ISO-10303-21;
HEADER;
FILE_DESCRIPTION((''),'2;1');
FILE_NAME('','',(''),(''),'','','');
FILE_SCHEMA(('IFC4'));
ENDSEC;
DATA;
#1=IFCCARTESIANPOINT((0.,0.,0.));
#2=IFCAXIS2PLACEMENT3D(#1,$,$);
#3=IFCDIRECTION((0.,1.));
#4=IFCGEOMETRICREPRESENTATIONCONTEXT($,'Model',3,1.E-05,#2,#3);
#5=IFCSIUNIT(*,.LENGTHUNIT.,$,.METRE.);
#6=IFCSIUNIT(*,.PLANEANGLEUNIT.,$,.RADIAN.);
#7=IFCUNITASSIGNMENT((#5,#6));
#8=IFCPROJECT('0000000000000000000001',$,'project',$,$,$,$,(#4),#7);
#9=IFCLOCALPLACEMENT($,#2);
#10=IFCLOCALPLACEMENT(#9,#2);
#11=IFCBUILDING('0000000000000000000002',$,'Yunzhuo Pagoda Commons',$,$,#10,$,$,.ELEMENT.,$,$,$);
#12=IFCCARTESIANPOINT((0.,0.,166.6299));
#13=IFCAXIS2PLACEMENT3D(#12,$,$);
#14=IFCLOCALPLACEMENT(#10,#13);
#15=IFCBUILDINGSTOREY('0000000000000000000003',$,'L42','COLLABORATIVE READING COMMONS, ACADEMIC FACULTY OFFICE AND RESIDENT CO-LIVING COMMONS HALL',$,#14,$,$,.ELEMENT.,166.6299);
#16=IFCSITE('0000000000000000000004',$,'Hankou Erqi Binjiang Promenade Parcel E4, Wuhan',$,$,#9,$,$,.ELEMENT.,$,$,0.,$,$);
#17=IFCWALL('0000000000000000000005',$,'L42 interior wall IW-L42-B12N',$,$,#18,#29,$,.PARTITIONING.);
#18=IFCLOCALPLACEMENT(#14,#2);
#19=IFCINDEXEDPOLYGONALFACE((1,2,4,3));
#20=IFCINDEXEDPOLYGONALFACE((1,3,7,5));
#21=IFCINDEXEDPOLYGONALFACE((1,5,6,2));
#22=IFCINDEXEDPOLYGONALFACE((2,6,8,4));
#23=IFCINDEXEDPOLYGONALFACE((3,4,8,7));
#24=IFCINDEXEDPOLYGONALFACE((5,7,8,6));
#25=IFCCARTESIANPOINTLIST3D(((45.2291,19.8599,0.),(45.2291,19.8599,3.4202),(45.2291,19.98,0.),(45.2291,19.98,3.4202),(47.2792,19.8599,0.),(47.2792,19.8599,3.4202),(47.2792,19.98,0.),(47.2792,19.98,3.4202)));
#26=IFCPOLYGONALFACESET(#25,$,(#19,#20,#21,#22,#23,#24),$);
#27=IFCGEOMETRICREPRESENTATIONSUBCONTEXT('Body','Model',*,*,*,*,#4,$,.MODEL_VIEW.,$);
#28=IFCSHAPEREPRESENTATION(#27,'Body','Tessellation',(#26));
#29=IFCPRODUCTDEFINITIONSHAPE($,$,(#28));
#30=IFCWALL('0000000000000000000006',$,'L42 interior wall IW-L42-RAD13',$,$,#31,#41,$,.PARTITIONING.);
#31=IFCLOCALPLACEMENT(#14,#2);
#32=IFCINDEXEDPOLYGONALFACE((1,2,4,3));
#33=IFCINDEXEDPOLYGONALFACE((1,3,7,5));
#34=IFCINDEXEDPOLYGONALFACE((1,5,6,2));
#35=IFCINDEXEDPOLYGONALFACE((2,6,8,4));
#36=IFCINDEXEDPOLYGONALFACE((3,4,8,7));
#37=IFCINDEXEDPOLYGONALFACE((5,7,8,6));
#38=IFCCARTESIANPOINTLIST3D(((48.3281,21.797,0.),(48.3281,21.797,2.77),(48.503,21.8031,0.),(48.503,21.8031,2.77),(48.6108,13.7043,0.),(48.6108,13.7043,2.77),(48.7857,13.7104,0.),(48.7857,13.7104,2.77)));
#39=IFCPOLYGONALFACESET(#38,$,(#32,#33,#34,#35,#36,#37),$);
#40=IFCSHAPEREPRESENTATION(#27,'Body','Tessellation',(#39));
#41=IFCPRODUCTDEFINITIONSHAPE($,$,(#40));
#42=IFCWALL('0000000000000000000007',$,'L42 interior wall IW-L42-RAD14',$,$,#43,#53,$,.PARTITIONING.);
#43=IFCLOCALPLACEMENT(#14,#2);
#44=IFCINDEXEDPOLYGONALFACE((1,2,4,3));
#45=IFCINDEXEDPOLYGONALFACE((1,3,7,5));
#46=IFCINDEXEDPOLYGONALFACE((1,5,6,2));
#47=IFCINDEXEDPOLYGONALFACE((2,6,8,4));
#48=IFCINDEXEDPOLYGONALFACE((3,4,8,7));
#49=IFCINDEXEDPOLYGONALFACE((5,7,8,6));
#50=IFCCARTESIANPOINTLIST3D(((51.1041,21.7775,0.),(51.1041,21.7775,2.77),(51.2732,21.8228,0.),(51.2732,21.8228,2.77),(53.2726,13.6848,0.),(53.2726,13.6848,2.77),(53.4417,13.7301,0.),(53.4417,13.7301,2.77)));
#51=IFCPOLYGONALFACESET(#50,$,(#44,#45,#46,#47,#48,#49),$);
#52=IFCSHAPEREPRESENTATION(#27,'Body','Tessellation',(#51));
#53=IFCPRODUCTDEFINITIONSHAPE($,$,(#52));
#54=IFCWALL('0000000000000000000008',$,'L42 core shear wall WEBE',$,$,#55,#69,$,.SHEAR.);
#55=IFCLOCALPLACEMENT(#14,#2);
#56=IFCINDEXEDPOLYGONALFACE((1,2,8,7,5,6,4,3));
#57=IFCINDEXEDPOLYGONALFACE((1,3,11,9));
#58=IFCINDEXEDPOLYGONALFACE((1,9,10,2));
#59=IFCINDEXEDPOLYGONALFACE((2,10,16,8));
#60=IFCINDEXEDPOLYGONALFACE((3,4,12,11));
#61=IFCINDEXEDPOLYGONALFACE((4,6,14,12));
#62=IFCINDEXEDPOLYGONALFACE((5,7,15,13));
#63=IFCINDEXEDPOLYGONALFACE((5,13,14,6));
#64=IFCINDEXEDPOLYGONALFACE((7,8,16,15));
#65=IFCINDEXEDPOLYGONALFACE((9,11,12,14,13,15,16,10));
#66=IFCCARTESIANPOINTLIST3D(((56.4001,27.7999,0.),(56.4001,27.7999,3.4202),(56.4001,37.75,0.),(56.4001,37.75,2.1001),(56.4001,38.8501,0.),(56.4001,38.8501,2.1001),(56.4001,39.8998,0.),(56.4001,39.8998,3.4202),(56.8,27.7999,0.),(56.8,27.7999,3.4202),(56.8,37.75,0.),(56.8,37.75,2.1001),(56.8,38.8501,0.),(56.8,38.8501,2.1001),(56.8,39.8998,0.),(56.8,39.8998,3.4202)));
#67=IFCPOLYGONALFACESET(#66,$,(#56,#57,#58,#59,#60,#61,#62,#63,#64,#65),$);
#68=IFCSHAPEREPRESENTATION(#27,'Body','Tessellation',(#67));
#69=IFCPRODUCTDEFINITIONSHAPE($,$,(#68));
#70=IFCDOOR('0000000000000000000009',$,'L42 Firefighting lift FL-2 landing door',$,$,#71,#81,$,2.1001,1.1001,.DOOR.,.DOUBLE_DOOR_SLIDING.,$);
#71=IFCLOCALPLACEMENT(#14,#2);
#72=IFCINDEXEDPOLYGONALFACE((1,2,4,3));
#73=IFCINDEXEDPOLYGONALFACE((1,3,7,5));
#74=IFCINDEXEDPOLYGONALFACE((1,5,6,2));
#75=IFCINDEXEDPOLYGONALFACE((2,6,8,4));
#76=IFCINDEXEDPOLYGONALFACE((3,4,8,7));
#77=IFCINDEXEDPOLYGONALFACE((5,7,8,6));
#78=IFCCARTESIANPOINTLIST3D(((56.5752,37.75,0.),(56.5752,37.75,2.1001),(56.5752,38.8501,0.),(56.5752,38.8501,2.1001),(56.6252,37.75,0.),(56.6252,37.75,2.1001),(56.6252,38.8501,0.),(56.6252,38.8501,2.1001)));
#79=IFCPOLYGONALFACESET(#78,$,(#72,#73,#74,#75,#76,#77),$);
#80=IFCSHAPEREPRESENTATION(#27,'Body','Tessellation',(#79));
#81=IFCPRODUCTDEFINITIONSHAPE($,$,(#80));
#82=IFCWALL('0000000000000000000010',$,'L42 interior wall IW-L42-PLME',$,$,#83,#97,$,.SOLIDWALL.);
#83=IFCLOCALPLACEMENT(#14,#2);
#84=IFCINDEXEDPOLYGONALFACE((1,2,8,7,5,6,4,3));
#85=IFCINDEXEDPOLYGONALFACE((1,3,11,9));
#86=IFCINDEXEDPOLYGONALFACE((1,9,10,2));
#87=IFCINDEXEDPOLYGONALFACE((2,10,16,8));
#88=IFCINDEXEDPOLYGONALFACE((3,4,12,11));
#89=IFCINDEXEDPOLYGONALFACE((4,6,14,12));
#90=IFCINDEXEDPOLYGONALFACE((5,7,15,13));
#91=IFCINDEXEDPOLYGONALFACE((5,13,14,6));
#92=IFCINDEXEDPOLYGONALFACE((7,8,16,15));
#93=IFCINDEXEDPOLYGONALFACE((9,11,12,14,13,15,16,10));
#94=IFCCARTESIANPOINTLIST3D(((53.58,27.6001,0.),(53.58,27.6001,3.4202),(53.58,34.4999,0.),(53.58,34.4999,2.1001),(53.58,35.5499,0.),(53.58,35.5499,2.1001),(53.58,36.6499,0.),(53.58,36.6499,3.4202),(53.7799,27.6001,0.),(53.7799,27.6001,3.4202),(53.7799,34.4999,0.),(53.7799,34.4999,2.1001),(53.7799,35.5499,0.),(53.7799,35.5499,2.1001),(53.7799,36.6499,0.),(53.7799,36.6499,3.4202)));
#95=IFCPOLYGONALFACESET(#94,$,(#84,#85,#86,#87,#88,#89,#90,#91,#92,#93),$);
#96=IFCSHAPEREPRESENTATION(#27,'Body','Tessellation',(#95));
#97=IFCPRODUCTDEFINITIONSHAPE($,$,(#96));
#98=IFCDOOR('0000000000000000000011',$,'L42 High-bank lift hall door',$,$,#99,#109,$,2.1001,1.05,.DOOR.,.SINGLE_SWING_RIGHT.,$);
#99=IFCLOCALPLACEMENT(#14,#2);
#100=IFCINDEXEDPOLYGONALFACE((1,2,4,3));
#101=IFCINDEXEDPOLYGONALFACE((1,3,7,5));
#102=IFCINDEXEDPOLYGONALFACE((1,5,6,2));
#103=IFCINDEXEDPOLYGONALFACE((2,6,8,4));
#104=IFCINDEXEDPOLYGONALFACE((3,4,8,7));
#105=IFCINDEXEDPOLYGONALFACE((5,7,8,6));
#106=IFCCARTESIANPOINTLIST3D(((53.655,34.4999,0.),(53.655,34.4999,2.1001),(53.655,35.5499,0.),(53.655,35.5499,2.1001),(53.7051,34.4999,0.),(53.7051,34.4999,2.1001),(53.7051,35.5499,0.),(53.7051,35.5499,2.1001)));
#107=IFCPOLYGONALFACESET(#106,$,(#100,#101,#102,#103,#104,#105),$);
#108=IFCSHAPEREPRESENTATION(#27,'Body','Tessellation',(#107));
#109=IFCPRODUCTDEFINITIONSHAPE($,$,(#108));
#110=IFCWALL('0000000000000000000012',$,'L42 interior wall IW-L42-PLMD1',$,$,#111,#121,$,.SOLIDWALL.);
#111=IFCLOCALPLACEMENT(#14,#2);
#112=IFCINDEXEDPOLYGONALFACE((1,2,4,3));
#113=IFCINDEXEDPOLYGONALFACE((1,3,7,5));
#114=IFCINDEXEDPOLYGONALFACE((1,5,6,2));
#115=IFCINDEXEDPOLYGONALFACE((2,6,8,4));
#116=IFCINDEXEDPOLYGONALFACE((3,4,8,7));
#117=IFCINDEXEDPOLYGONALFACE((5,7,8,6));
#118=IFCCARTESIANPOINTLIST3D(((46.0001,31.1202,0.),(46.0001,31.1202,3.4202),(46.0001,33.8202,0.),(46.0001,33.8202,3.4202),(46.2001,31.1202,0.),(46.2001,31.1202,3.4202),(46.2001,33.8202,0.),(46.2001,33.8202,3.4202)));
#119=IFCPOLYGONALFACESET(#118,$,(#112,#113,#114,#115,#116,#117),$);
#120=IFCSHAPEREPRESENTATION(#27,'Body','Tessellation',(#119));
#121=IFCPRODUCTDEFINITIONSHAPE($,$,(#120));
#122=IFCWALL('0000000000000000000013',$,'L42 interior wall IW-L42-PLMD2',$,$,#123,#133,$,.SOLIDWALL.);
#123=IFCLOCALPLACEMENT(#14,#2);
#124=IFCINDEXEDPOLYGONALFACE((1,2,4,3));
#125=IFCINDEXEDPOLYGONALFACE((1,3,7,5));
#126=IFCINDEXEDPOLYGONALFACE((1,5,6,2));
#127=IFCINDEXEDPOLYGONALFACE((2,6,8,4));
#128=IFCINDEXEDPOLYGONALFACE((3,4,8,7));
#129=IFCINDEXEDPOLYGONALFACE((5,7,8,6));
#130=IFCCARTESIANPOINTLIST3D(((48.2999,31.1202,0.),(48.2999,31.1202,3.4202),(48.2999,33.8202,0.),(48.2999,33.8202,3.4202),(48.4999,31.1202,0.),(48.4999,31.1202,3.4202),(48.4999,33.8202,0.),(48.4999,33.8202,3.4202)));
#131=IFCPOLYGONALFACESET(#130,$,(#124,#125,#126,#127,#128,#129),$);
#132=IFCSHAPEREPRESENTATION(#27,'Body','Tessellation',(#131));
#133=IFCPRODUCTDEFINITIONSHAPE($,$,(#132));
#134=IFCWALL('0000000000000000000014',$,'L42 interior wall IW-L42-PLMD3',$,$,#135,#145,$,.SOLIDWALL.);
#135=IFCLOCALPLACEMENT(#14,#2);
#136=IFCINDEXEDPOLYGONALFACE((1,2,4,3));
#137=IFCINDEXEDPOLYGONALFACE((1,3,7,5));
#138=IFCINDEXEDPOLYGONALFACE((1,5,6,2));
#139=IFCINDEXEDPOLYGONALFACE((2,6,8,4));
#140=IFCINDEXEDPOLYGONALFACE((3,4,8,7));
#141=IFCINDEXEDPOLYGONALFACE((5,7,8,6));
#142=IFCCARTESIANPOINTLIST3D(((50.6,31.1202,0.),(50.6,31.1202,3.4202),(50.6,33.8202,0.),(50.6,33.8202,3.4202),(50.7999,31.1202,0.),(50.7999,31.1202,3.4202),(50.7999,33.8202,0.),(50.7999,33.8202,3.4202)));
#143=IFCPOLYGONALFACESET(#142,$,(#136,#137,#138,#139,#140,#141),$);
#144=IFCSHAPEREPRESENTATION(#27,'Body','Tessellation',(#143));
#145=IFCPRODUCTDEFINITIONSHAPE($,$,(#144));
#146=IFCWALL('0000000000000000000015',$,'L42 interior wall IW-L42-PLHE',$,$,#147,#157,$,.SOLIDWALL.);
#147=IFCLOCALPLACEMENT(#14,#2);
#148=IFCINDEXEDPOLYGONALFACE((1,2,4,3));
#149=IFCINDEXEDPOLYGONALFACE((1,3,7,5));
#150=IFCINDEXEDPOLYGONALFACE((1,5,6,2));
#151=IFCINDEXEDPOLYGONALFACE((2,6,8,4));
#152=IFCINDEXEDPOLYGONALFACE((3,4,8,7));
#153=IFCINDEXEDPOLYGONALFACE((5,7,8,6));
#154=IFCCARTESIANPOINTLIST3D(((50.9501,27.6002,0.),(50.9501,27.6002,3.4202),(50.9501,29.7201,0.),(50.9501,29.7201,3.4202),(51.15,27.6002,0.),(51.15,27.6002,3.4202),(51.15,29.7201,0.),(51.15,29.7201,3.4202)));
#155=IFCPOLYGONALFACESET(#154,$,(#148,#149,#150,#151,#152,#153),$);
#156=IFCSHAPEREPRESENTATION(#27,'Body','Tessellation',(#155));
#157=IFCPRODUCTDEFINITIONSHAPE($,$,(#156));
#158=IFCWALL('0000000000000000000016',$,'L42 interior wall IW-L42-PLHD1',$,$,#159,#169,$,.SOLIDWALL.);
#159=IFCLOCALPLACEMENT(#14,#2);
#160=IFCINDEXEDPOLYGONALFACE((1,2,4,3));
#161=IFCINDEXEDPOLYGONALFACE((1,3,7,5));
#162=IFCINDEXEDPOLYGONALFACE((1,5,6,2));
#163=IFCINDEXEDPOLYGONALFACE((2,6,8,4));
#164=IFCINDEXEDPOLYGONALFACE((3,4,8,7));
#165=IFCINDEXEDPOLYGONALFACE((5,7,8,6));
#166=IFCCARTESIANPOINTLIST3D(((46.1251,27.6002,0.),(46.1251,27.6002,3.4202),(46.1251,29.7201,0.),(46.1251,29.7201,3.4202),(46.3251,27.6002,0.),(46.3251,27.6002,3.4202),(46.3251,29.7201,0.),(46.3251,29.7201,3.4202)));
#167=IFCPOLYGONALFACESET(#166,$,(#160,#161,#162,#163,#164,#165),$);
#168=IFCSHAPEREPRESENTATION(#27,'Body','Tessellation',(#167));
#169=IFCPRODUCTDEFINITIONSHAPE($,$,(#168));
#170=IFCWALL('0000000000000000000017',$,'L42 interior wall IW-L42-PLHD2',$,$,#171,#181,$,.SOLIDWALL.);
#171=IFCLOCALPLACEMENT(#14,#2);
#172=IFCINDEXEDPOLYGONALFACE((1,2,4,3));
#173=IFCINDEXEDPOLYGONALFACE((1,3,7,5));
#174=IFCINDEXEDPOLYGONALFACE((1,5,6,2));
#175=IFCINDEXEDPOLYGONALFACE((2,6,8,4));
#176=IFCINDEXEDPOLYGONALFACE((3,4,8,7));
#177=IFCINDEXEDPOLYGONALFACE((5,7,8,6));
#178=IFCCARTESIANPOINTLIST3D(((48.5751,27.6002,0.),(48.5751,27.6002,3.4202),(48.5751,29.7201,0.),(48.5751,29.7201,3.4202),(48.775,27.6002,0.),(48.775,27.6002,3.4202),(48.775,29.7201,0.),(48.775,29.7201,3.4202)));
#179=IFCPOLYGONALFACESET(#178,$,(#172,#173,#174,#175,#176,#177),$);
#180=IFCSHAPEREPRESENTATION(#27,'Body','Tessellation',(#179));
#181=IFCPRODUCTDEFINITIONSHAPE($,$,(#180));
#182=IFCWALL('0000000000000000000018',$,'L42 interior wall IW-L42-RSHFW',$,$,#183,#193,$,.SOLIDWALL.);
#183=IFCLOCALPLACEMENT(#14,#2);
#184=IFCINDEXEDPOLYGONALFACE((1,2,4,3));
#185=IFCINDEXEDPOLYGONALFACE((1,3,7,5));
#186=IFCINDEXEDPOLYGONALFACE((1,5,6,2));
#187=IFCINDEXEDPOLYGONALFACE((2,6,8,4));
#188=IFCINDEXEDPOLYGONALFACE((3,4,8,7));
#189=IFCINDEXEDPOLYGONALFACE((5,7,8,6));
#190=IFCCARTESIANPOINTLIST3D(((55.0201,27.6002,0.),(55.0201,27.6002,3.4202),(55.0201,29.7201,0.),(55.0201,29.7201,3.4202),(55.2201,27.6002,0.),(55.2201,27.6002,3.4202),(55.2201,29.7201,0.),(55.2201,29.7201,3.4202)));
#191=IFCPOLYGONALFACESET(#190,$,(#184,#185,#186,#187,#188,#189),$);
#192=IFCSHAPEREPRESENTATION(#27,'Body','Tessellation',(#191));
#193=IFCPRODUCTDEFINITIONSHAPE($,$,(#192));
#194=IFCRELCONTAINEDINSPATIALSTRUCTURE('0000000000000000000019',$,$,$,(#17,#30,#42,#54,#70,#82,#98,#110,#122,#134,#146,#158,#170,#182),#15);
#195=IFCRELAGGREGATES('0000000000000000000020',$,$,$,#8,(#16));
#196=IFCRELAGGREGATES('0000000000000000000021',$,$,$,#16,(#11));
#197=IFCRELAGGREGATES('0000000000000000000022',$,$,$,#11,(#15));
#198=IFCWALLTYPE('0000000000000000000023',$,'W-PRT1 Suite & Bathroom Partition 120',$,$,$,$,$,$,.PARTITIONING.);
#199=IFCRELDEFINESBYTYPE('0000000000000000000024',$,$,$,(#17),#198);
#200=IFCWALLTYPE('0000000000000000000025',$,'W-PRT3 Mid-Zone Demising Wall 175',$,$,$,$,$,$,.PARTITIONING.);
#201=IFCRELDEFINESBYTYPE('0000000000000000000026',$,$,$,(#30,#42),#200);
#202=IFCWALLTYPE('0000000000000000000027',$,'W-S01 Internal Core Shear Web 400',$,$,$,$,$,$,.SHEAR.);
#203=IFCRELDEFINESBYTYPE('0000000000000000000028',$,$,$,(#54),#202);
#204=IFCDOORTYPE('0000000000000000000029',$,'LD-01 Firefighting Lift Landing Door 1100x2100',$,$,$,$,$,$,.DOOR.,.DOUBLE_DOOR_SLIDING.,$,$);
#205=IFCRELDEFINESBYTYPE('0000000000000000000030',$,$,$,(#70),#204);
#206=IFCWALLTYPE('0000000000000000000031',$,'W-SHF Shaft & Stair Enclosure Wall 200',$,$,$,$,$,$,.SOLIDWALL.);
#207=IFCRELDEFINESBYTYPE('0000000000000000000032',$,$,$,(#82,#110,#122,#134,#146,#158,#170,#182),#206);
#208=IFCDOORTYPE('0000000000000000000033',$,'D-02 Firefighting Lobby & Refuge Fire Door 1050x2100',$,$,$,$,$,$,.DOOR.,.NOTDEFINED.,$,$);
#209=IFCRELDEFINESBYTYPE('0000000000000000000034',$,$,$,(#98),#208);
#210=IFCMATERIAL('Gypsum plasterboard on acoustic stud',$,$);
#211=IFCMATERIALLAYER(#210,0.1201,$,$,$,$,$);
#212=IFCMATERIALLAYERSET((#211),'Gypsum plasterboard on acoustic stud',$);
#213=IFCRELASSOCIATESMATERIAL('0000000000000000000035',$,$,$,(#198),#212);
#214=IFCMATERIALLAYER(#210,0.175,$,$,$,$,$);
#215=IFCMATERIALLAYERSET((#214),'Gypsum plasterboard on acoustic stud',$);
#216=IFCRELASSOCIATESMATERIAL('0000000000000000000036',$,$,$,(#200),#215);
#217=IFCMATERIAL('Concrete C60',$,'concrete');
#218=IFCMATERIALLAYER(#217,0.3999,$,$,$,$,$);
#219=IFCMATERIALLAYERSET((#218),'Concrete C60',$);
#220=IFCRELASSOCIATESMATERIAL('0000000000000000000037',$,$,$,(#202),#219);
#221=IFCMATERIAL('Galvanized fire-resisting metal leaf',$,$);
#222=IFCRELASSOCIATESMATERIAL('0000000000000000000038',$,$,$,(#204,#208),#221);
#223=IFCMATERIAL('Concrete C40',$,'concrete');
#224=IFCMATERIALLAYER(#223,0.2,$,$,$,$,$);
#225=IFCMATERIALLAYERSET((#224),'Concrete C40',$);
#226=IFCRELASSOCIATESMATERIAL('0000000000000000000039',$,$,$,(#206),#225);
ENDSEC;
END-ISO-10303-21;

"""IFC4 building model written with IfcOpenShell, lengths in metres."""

from ifc_helpers import new_model, si_unit, direction, frame, frame_2d, origin, origin_with_axes, place, context, subcontext, project, spatial, rectangle, extrude, source, transform, mapped, material, layer, layer_set, type_object, element, fill, save


model = new_model("IFC4")

# Units and contexts
model_context = context("Model", 3, precision=1e-05, world=origin(), true_north=direction((0.0, 1.0)))
body_context = subcontext(model_context, "Body", "Model", "MODEL_VIEW")
ifc_project = project(units=[si_unit("LENGTHUNIT", "METRE"), si_unit("PLANEANGLEUNIT", "RADIAN")], contexts=[model_context])

# Site, building, storey
site_placement = place(None, origin())
site = spatial("IfcSite", under=ifc_project, at=site_placement, Name="Hankou Erqi Binjiang Promenade Parcel E4, Wuhan", CompositionType="ELEMENT", RefElevation=0.0)
building_placement = place(site_placement, origin())
building = spatial("IfcBuilding", under=site, at=building_placement, Name="Yunzhuo Pagoda Commons", CompositionType="ELEMENT")
storey_placement = place(building_placement, frame((0.0, 0.0, 166.6299)))
storey = spatial("IfcBuildingStorey", under=building, at=storey_placement, Name="L42", Description="COLLABORATIVE READING COMMONS, ACADEMIC FACULTY OFFICE AND RESIDENT CO-LIVING COMMONS HALL", CompositionType="ELEMENT", Elevation=166.6299)

# Shared definitions
ifc_material_1 = material(Name="Gypsum plasterboard on acoustic stud")
ifc_material_2 = material(Name="Galvanized fire-resisting metal leaf")

# Walls
ifc_layer_1 = layer(ifc_material_1, 0.1201)
ifc_layer_set_1 = layer_set([ifc_layer_1], Name="Gypsum plasterboard on acoustic stud")
wall_type_1 = type_object("IfcWallType", Name="W-PRT1 Suite & Bathroom Partition 120", PredefinedType="PARTITIONING", material=ifc_layer_set_1)
wall_1_placement = place(storey_placement, frame((47.2791, 19.9199, 0.0), z_axis=(0.0, 0.0, 1.0), x_axis=(-1.0, 0.0, 0.0)))
element("IfcWall", 1, at=wall_1_placement, inside=storey, type_object=wall_type_1, Name="L42 interior wall IW-L42-B12N", PredefinedType="PARTITIONING", context=body_context, shape_type="SweptSolid", body=[
    extrude(rectangle(XDim=2.05, YDim=0.1201, at=frame_2d((1.0249, 0.0))), origin(), (0.0, 0.0, 1.0), 3.4202),
])
ifc_layer_2 = layer(ifc_material_1, 0.175)
ifc_layer_set_2 = layer_set([ifc_layer_2], Name="Gypsum plasterboard on acoustic stud")
wall_type_2 = type_object("IfcWallType", Name="W-PRT3 Mid-Zone Demising Wall 175", PredefinedType="PARTITIONING", material=ifc_layer_set_2)
wall_2_placement = place(storey_placement, frame((48.4155, 21.8, 0.0), z_axis=(0.0, 0.0, 1.0), x_axis=(0.034913, -0.99939, 0.0)))
element("IfcWall", 2, at=wall_2_placement, inside=storey, type_object=wall_type_2, Name="L42 interior wall IW-L42-RAD13", PredefinedType="PARTITIONING", context=body_context, shape_type="SweptSolid", body=[
    extrude(rectangle(XDim=8.0977, YDim=0.175, at=frame_2d((4.0488, 0.0))), origin(), (0.0, 0.0, 1.0), 2.77),
])
wall_3_placement = place(storey_placement, frame((51.1887, 21.8, 0.0), z_axis=(0.0, 0.0, 1.0), x_axis=(0.25882, -0.965926, 0.0)))
element("IfcWall", 3, at=wall_3_placement, inside=storey, type_object=wall_type_2, Name="L42 interior wall IW-L42-RAD14", PredefinedType="PARTITIONING", context=body_context, shape_type="SweptSolid", body=[
    extrude(rectangle(XDim=8.3782, YDim=0.175, at=frame_2d((4.189, 0.0))), origin(), (0.0, 0.0, 1.0), 2.77),
])

# Walls, openings, doors
ifc_material_3 = material(Name="Concrete C60", Category="concrete")
ifc_layer_3 = layer(ifc_material_3, 0.3999)
ifc_layer_set_3 = layer_set([ifc_layer_3], Name="Concrete C60")
wall_type_3 = type_object("IfcWallType", Name="W-S01 Internal Core Shear Web 400", PredefinedType="SHEAR", material=ifc_layer_set_3)
wall_4_placement = place(storey_placement, frame((56.6001, 27.8, 0.0), z_axis=(0.0, 0.0, 1.0), x_axis=(0.0, 1.0, 0.0)))
wall_4 = element("IfcWall", 4, at=wall_4_placement, inside=storey, type_object=wall_type_3, Name="L42 core shear wall WEBE", PredefinedType="SHEAR", context=body_context, shape_type="SweptSolid", body=[
    extrude(rectangle(XDim=12.0999, YDim=0.3999, at=frame_2d((6.0498, 0.0))), origin(), (0.0, 0.0, 1.0), 3.4202),
])
opening_1_placement = place(wall_4_placement, frame((9.95, 0.0, 0.0)))
opening_1 = element("IfcOpeningElement", 5, at=opening_1_placement, cuts=wall_4, PredefinedType="OPENING", context=body_context, shape_type="SweptSolid", body=[
    extrude(rectangle(XDim=1.1001, YDim=2.1001, at=frame_2d((0.55, 1.05))), frame((0.0, 0.21, 0.0), z_axis=(0.0, -1.0, 0.0), x_axis=(1.0, 0.0, 0.0)), (0.0, 0.0, 1.0), 0.4199),
])
door_type_1 = type_object("IfcDoorType", Name="LD-01 Firefighting Lift Landing Door 1100x2100", OperationType="DOUBLE_DOOR_SLIDING", PredefinedType="DOOR", material=ifc_material_2)
shared_shape_1 = source(origin(), body_context, "Body", "SweptSolid", [
    extrude(rectangle(XDim=1.1001, YDim=2.1001, at=frame_2d((0.55, 1.05))), frame((0.0, 0.0249, 0.0), z_axis=(0.0, -1.0, 0.0), x_axis=(1.0, 0.0, 0.0)), (0.0, 0.0, 1.0), 0.05),
])
door_1_placement = place(opening_1_placement, origin_with_axes())
door_1 = element("IfcDoor", 6, at=door_1_placement, inside=storey, type_object=door_type_1, Name="L42 Firefighting lift FL-2 landing door", OperationType="DOUBLE_DOOR_SLIDING", OverallHeight=2.1001, OverallWidth=1.1001, PredefinedType="DOOR", context=body_context, shape_type="MappedRepresentation", body=[
    mapped(shared_shape_1, transform((0.0, 0.0, 0.0), scale=1.0)),
])
fill(opening_1, door_1)
ifc_material_4 = material(Name="Concrete C40", Category="concrete")
ifc_layer_4 = layer(ifc_material_4, 0.2)
ifc_layer_set_4 = layer_set([ifc_layer_4], Name="Concrete C40")
wall_type_4 = type_object("IfcWallType", Name="W-SHF Shaft & Stair Enclosure Wall 200", PredefinedType="SOLIDWALL", material=ifc_layer_set_4)
wall_5_placement = place(storey_placement, frame((53.6799, 27.6001, 0.0), z_axis=(0.0, 0.0, 1.0), x_axis=(0.0, 1.0, 0.0)))
wall_5 = element("IfcWall", 7, at=wall_5_placement, inside=storey, type_object=wall_type_4, Name="L42 interior wall IW-L42-PLME", PredefinedType="SOLIDWALL", context=body_context, shape_type="SweptSolid", body=[
    extrude(rectangle(XDim=9.0498, YDim=0.2, at=frame_2d((4.5249, 0.0))), origin(), (0.0, 0.0, 1.0), 3.4202),
])
opening_2_placement = place(wall_5_placement, frame((6.8999, 0.0, 0.0)))
opening_2 = element("IfcOpeningElement", 8, at=opening_2_placement, cuts=wall_5, PredefinedType="OPENING", context=body_context, shape_type="SweptSolid", body=[
    extrude(rectangle(XDim=1.05, YDim=2.1001, at=frame_2d((0.5249, 1.05))), frame((0.0, 0.1099, 0.0), z_axis=(0.0, -1.0, 0.0), x_axis=(1.0, 0.0, 0.0)), (0.0, 0.0, 1.0), 0.22),
])
door_type_2 = type_object("IfcDoorType", Name="D-02 Firefighting Lobby & Refuge Fire Door 1050x2100", OperationType="NOTDEFINED", PredefinedType="DOOR", material=ifc_material_2)
shared_shape_2 = source(origin(), body_context, "Body", "SweptSolid", [
    extrude(rectangle(XDim=1.05, YDim=2.1001, at=frame_2d((0.5249, 1.05))), frame((0.0, 0.0249, 0.0), z_axis=(0.0, -1.0, 0.0), x_axis=(1.0, 0.0, 0.0)), (0.0, 0.0, 1.0), 0.05),
])
door_2_placement = place(opening_2_placement, origin_with_axes())
door_2 = element("IfcDoor", 9, at=door_2_placement, inside=storey, type_object=door_type_2, Name="L42 High-bank lift hall door", OperationType="SINGLE_SWING_RIGHT", OverallHeight=2.1001, OverallWidth=1.05, PredefinedType="DOOR", context=body_context, shape_type="MappedRepresentation", body=[
    mapped(shared_shape_2, transform((0.0, 0.0, 0.0), scale=1.0)),
])
fill(opening_2, door_2)

# Walls
for number, where, z_axis, x_axis, name in (
    (10, (46.1001, 31.1201, 0.0), (0.0, 0.0, 1.0), (0.0, 1.0, 0.0), "L42 interior wall IW-L42-PLMD1"),
    (11, (48.3999, 31.1201, 0.0), (0.0, 0.0, 1.0), (0.0, 1.0, 0.0), "L42 interior wall IW-L42-PLMD2"),
    (12, (50.7, 31.1201, 0.0), (0.0, 0.0, 1.0), (0.0, 1.0, 0.0), "L42 interior wall IW-L42-PLMD3"),
):
    element("IfcWall", number, at=place(storey_placement, frame(where, z_axis=z_axis, x_axis=x_axis)), inside=storey, type_object=wall_type_4, Name=name, PredefinedType="SOLIDWALL", context=body_context, shape_type="SweptSolid", body=[
        extrude(rectangle(XDim=2.7, YDim=0.2, at=frame_2d((1.3501, 0.0))), origin(), (0.0, 0.0, 1.0), 3.4202),
    ])
for number, where, z_axis, x_axis, name in (
    (13, (51.05, 27.6001, 0.0), (0.0, 0.0, 1.0), (0.0, 1.0, 0.0), "L42 interior wall IW-L42-PLHE"),
    (14, (46.2251, 27.6001, 0.0), (0.0, 0.0, 1.0), (0.0, 1.0, 0.0), "L42 interior wall IW-L42-PLHD1"),
    (15, (48.675, 27.6001, 0.0), (0.0, 0.0, 1.0), (0.0, 1.0, 0.0), "L42 interior wall IW-L42-PLHD2"),
    (16, (55.1201, 27.6001, 0.0), (0.0, 0.0, 1.0), (0.0, 1.0, 0.0), "L42 interior wall IW-L42-RSHFW"),
):
    element("IfcWall", number, at=place(storey_placement, frame(where, z_axis=z_axis, x_axis=x_axis)), inside=storey, type_object=wall_type_4, Name=name, PredefinedType="SOLIDWALL", context=body_context, shape_type="SweptSolid", body=[
        extrude(rectangle(XDim=2.1199, YDim=0.2, at=frame_2d((1.0601, 0.0))), origin(), (0.0, 0.0, 1.0), 3.4202),
    ])

save(model, "model.ifc")
